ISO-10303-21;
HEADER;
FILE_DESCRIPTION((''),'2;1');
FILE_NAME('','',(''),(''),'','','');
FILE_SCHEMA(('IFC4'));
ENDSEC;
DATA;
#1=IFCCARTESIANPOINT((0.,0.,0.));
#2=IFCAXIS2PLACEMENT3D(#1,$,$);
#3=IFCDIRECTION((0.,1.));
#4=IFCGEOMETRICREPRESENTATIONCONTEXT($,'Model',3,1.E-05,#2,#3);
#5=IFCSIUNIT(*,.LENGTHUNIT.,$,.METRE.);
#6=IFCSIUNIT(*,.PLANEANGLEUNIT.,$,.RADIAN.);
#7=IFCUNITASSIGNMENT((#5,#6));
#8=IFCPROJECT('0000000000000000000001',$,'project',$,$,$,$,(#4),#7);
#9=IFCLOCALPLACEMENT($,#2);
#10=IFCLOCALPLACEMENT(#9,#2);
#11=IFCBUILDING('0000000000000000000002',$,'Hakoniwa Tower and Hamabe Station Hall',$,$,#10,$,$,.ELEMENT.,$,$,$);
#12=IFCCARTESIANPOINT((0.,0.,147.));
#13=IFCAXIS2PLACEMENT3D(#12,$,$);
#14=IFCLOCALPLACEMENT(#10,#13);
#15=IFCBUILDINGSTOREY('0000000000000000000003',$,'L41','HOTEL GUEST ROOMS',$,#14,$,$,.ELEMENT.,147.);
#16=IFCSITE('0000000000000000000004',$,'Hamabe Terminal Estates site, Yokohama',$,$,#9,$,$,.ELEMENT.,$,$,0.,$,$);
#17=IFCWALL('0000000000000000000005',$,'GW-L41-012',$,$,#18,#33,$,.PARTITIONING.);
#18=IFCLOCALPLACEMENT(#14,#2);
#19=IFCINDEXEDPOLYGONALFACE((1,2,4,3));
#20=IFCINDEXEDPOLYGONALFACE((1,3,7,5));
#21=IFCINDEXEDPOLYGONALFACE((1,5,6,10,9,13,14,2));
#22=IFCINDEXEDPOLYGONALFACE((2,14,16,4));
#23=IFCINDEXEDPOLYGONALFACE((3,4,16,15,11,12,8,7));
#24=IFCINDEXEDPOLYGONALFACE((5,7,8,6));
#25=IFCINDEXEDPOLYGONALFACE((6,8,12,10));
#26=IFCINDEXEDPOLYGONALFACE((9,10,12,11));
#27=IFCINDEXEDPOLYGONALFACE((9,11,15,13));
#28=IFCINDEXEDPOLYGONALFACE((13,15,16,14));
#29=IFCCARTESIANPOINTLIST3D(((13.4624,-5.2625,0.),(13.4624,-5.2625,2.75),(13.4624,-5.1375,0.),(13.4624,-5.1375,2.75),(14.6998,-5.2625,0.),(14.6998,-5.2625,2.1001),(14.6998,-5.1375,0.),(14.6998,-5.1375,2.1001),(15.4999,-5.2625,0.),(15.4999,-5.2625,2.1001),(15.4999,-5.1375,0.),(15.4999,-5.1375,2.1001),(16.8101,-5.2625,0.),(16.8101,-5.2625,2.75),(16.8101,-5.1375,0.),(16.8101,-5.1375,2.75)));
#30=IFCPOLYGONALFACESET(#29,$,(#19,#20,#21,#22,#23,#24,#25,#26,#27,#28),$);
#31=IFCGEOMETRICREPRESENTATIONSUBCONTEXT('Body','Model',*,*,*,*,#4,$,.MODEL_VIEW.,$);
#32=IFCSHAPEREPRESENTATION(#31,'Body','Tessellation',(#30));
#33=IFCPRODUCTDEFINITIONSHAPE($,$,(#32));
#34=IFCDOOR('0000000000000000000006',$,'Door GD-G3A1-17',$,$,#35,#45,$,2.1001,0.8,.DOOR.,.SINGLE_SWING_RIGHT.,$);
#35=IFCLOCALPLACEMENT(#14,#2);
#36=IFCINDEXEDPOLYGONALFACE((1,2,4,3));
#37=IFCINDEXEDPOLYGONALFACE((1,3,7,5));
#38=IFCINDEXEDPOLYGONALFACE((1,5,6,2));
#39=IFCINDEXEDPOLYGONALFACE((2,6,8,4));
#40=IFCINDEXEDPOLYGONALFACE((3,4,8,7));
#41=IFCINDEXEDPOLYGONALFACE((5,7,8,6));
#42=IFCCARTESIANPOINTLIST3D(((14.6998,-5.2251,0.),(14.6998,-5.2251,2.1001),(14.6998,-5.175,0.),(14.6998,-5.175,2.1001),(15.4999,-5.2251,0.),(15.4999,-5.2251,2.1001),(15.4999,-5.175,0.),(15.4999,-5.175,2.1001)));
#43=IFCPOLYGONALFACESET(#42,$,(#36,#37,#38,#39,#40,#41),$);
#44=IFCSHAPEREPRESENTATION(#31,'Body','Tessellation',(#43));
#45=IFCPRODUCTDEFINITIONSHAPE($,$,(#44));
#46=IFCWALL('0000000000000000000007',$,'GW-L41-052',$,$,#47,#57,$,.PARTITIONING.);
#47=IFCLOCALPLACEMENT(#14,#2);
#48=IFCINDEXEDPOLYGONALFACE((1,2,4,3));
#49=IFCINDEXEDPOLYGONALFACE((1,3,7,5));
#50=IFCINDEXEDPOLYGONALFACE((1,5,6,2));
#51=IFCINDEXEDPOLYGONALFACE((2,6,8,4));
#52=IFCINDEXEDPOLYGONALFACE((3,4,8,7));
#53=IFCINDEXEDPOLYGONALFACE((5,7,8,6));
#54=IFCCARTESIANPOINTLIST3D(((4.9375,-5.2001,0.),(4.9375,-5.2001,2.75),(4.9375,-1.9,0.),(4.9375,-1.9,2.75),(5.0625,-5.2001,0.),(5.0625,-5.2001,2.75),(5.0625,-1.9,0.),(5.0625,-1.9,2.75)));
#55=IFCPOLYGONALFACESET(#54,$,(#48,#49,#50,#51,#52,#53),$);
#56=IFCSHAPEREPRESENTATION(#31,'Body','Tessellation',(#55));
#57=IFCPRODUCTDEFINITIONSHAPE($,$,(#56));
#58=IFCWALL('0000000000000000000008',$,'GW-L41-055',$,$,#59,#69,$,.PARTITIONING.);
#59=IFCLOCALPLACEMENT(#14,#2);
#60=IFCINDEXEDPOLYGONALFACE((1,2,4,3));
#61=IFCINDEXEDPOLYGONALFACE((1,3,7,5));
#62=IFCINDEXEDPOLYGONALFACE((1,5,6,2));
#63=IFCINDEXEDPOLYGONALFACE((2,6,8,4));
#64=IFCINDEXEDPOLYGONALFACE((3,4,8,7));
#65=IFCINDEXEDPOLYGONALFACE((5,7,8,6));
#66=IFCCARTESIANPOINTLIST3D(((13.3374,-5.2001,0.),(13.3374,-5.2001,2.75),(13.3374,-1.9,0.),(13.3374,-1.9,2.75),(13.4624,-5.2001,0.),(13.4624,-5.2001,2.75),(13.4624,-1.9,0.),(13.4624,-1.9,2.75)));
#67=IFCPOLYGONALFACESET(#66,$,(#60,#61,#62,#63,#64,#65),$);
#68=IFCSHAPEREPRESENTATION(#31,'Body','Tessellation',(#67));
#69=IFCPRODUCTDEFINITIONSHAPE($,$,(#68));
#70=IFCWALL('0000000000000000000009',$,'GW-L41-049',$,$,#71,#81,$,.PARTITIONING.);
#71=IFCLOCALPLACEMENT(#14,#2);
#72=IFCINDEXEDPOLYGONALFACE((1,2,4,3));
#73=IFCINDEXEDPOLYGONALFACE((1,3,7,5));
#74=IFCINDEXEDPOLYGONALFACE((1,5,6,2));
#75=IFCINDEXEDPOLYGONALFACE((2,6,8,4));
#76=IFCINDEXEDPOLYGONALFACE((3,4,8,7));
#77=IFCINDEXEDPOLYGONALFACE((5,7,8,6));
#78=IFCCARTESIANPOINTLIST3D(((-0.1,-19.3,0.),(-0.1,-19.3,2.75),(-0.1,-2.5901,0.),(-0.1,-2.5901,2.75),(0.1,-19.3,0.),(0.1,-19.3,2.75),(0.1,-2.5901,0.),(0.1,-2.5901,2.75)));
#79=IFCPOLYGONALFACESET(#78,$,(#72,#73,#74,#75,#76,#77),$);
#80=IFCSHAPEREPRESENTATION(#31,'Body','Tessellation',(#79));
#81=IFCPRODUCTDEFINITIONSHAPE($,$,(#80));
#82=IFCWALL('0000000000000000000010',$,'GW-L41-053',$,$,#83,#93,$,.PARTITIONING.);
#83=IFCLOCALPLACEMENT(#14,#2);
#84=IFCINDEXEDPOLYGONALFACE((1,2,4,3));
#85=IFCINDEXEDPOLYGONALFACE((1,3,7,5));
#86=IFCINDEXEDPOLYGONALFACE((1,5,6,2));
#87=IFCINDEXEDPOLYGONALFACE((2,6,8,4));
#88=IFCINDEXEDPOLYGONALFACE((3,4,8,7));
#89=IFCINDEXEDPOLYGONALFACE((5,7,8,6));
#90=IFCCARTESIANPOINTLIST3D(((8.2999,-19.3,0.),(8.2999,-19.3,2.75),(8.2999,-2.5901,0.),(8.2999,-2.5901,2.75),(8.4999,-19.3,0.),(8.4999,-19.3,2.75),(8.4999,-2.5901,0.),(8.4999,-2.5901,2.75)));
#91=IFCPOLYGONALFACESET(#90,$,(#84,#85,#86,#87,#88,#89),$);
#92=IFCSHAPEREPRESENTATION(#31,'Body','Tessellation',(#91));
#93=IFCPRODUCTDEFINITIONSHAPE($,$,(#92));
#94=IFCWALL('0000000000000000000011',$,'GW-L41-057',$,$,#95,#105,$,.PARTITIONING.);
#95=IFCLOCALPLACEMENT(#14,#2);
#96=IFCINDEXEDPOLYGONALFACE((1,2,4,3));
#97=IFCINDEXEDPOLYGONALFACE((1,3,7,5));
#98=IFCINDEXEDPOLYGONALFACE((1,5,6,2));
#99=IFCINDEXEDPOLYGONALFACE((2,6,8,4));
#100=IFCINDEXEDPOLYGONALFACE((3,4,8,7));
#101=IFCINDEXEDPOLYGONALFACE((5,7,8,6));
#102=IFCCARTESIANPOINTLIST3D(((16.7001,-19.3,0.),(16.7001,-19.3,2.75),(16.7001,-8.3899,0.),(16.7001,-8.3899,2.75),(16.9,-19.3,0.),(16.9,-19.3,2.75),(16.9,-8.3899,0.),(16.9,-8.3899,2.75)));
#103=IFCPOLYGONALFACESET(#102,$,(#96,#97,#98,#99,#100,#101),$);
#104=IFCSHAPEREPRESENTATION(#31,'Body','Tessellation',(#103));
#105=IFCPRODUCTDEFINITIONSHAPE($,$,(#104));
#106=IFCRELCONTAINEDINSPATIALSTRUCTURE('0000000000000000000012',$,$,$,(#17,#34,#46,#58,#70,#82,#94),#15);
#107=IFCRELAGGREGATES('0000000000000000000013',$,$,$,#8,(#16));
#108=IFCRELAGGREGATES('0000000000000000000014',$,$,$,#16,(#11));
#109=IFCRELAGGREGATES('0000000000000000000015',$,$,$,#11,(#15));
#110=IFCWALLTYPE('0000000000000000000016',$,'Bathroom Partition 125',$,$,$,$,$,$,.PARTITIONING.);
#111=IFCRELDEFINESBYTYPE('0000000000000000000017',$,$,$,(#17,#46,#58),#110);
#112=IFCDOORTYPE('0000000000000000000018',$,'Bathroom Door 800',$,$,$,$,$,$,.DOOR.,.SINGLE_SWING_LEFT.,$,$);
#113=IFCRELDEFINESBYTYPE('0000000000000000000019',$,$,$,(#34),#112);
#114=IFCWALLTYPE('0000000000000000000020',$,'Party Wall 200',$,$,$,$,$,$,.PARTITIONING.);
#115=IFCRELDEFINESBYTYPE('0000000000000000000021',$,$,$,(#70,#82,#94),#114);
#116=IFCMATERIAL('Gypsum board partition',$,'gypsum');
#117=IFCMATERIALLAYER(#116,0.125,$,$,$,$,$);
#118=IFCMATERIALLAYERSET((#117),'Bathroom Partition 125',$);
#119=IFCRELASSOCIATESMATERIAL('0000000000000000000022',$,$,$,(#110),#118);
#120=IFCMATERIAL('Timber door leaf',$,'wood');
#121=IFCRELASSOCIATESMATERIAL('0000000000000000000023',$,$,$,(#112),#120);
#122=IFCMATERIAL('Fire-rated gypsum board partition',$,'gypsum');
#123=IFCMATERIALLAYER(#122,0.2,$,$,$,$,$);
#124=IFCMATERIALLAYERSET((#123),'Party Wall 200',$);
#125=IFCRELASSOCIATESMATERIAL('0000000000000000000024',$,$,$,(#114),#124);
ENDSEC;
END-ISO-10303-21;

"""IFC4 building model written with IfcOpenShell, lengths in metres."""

from ifc_helpers import new_model, si_unit, direction, frame, frame_2d, origin, place, context, subcontext, project, spatial, rectangle, extrude, material, layer, layer_set, type_object, element, fill, save


model = new_model("IFC4")

# Units and contexts
model_context = context("Model", 3, precision=1e-05, world=origin(), true_north=direction((0.0, 1.0)))
body_context = subcontext(model_context, "Body", "Model", "MODEL_VIEW")
ifc_project = project(units=[si_unit("LENGTHUNIT", "METRE"), si_unit("PLANEANGLEUNIT", "RADIAN")], contexts=[model_context])

# Site, building, storey
site_placement = place(None, origin())
site = spatial("IfcSite", under=ifc_project, at=site_placement, Name="Hamabe Terminal Estates site, Yokohama", CompositionType="ELEMENT", RefElevation=0.0)
building_placement = place(site_placement, origin())
building = spatial("IfcBuilding", under=site, at=building_placement, Name="Hakoniwa Tower and Hamabe Station Hall", CompositionType="ELEMENT")
storey_placement = place(building_placement, frame((0.0, 0.0, 147.0)))
storey = spatial("IfcBuildingStorey", under=building, at=storey_placement, Name="L41", Description="HOTEL GUEST ROOMS", CompositionType="ELEMENT", Elevation=147.0)

# Wall, opening, door
ifc_material_1 = material(Name="Gypsum board partition", Category="gypsum")
ifc_layer_1 = layer(ifc_material_1, 0.125)
ifc_layer_set_1 = layer_set([ifc_layer_1], Name="Bathroom Partition 125")
wall_type_1 = type_object("IfcWallType", Name="Bathroom Partition 125", PredefinedType="PARTITIONING", material=ifc_layer_set_1)
ifc_material_2 = material(Name="Timber door leaf", Category="wood")
door_type = type_object("IfcDoorType", Name="Bathroom Door 800", OperationType="SINGLE_SWING_LEFT", PredefinedType="DOOR", material=ifc_material_2)
wall_1_placement = place(storey_placement, frame((13.4624, -5.2, 0.0), z_axis=(0.0, 0.0, 1.0), x_axis=(1.0, 0.0, 0.0)))
wall_1 = element("IfcWall", 1, at=wall_1_placement, inside=storey, type_object=wall_type_1, Name="GW-L41-012", PredefinedType="PARTITIONING", context=body_context, shape_type="SweptSolid", body=[
    extrude(rectangle(XDim=3.3477, YDim=0.125, at=frame_2d((1.6738, 0.0))), origin(), (0.0, 0.0, 1.0), 2.75),
])
opening_1_placement = place(wall_1_placement, frame((1.2375, 0.0, 0.0)))
opening_1 = element("IfcOpeningElement", 2, at=opening_1_placement, cuts=wall_1, PredefinedType="OPENING", context=body_context, shape_type="SweptSolid", body=[
    extrude(rectangle(XDim=0.8, YDim=2.1001, at=frame_2d((0.3999, 1.05))), frame((0.0, 0.0725, 0.0), z_axis=(0.0, -1.0, 0.0), x_axis=(1.0, 0.0, 0.0)), (0.0, 0.0, 1.0), 0.145),
])
door_1_placement = place(opening_1_placement, origin())
door_1 = element("IfcDoor", 3, at=door_1_placement, inside=storey, type_object=door_type, Name="Door GD-G3A1-17", OperationType="SINGLE_SWING_RIGHT", OverallHeight=2.1001, OverallWidth=0.8, PredefinedType="DOOR", context=body_context, shape_type="SweptSolid", body=[
    extrude(rectangle(XDim=0.8, YDim=2.1001, at=frame_2d((0.3999, 1.05))), frame((0.0, 0.0249, 0.0), z_axis=(0.0, -1.0, 0.0), x_axis=(1.0, 0.0, 0.0)), (0.0, 0.0, 1.0), 0.05),
])
fill(opening_1, door_1)

# Walls
for number, where, z_axis, x_axis, name in (
    (4, (5.0, -5.2, 0.0), (0.0, 0.0, 1.0), (0.0, 1.0, 0.0), "GW-L41-052"),
    (5, (13.3999, -5.2, 0.0), (0.0, 0.0, 1.0), (0.0, 1.0, 0.0), "GW-L41-055"),
):
    element("IfcWall", number, at=place(storey_placement, frame(where, z_axis=z_axis, x_axis=x_axis)), inside=storey, type_object=wall_type_1, Name=name, PredefinedType="PARTITIONING", context=body_context, shape_type="SweptSolid", body=[
        extrude(rectangle(XDim=3.3, YDim=0.125, at=frame_2d((1.6499, 0.0))), origin(), (0.0, 0.0, 1.0), 2.75),
    ])
ifc_material_3 = material(Name="Fire-rated gypsum board partition", Category="gypsum")
ifc_layer_2 = layer(ifc_material_3, 0.2)
ifc_layer_set_2 = layer_set([ifc_layer_2], Name="Party Wall 200")
wall_type_2 = type_object("IfcWallType", Name="Party Wall 200", PredefinedType="PARTITIONING", material=ifc_layer_set_2)
for number, where, z_axis, x_axis, name in (
    (6, (0.0, -19.3, 0.0), (0.0, 0.0, 1.0), (0.0, 1.0, 0.0), "GW-L41-049"),
    (7, (8.3999, -19.3, 0.0), (0.0, 0.0, 1.0), (0.0, 1.0, 0.0), "GW-L41-053"),
):
    element("IfcWall", number, at=place(storey_placement, frame(where, z_axis=z_axis, x_axis=x_axis)), inside=storey, type_object=wall_type_2, Name=name, PredefinedType="PARTITIONING", context=body_context, shape_type="SweptSolid", body=[
        extrude(rectangle(XDim=16.71, YDim=0.2, at=frame_2d((8.355, 0.0))), origin(), (0.0, 0.0, 1.0), 2.75),
    ])
wall_2_placement = place(storey_placement, frame((16.8, -19.3, 0.0), z_axis=(0.0, 0.0, 1.0), x_axis=(0.0, 1.0, 0.0)))
element("IfcWall", 8, at=wall_2_placement, inside=storey, type_object=wall_type_2, Name="GW-L41-057", PredefinedType="PARTITIONING", context=body_context, shape_type="SweptSolid", body=[
    extrude(rectangle(XDim=10.9102, YDim=0.2, at=frame_2d((5.4551, 0.0))), origin(), (0.0, 0.0, 1.0), 2.75),
])

save(model, "model.ifc")
